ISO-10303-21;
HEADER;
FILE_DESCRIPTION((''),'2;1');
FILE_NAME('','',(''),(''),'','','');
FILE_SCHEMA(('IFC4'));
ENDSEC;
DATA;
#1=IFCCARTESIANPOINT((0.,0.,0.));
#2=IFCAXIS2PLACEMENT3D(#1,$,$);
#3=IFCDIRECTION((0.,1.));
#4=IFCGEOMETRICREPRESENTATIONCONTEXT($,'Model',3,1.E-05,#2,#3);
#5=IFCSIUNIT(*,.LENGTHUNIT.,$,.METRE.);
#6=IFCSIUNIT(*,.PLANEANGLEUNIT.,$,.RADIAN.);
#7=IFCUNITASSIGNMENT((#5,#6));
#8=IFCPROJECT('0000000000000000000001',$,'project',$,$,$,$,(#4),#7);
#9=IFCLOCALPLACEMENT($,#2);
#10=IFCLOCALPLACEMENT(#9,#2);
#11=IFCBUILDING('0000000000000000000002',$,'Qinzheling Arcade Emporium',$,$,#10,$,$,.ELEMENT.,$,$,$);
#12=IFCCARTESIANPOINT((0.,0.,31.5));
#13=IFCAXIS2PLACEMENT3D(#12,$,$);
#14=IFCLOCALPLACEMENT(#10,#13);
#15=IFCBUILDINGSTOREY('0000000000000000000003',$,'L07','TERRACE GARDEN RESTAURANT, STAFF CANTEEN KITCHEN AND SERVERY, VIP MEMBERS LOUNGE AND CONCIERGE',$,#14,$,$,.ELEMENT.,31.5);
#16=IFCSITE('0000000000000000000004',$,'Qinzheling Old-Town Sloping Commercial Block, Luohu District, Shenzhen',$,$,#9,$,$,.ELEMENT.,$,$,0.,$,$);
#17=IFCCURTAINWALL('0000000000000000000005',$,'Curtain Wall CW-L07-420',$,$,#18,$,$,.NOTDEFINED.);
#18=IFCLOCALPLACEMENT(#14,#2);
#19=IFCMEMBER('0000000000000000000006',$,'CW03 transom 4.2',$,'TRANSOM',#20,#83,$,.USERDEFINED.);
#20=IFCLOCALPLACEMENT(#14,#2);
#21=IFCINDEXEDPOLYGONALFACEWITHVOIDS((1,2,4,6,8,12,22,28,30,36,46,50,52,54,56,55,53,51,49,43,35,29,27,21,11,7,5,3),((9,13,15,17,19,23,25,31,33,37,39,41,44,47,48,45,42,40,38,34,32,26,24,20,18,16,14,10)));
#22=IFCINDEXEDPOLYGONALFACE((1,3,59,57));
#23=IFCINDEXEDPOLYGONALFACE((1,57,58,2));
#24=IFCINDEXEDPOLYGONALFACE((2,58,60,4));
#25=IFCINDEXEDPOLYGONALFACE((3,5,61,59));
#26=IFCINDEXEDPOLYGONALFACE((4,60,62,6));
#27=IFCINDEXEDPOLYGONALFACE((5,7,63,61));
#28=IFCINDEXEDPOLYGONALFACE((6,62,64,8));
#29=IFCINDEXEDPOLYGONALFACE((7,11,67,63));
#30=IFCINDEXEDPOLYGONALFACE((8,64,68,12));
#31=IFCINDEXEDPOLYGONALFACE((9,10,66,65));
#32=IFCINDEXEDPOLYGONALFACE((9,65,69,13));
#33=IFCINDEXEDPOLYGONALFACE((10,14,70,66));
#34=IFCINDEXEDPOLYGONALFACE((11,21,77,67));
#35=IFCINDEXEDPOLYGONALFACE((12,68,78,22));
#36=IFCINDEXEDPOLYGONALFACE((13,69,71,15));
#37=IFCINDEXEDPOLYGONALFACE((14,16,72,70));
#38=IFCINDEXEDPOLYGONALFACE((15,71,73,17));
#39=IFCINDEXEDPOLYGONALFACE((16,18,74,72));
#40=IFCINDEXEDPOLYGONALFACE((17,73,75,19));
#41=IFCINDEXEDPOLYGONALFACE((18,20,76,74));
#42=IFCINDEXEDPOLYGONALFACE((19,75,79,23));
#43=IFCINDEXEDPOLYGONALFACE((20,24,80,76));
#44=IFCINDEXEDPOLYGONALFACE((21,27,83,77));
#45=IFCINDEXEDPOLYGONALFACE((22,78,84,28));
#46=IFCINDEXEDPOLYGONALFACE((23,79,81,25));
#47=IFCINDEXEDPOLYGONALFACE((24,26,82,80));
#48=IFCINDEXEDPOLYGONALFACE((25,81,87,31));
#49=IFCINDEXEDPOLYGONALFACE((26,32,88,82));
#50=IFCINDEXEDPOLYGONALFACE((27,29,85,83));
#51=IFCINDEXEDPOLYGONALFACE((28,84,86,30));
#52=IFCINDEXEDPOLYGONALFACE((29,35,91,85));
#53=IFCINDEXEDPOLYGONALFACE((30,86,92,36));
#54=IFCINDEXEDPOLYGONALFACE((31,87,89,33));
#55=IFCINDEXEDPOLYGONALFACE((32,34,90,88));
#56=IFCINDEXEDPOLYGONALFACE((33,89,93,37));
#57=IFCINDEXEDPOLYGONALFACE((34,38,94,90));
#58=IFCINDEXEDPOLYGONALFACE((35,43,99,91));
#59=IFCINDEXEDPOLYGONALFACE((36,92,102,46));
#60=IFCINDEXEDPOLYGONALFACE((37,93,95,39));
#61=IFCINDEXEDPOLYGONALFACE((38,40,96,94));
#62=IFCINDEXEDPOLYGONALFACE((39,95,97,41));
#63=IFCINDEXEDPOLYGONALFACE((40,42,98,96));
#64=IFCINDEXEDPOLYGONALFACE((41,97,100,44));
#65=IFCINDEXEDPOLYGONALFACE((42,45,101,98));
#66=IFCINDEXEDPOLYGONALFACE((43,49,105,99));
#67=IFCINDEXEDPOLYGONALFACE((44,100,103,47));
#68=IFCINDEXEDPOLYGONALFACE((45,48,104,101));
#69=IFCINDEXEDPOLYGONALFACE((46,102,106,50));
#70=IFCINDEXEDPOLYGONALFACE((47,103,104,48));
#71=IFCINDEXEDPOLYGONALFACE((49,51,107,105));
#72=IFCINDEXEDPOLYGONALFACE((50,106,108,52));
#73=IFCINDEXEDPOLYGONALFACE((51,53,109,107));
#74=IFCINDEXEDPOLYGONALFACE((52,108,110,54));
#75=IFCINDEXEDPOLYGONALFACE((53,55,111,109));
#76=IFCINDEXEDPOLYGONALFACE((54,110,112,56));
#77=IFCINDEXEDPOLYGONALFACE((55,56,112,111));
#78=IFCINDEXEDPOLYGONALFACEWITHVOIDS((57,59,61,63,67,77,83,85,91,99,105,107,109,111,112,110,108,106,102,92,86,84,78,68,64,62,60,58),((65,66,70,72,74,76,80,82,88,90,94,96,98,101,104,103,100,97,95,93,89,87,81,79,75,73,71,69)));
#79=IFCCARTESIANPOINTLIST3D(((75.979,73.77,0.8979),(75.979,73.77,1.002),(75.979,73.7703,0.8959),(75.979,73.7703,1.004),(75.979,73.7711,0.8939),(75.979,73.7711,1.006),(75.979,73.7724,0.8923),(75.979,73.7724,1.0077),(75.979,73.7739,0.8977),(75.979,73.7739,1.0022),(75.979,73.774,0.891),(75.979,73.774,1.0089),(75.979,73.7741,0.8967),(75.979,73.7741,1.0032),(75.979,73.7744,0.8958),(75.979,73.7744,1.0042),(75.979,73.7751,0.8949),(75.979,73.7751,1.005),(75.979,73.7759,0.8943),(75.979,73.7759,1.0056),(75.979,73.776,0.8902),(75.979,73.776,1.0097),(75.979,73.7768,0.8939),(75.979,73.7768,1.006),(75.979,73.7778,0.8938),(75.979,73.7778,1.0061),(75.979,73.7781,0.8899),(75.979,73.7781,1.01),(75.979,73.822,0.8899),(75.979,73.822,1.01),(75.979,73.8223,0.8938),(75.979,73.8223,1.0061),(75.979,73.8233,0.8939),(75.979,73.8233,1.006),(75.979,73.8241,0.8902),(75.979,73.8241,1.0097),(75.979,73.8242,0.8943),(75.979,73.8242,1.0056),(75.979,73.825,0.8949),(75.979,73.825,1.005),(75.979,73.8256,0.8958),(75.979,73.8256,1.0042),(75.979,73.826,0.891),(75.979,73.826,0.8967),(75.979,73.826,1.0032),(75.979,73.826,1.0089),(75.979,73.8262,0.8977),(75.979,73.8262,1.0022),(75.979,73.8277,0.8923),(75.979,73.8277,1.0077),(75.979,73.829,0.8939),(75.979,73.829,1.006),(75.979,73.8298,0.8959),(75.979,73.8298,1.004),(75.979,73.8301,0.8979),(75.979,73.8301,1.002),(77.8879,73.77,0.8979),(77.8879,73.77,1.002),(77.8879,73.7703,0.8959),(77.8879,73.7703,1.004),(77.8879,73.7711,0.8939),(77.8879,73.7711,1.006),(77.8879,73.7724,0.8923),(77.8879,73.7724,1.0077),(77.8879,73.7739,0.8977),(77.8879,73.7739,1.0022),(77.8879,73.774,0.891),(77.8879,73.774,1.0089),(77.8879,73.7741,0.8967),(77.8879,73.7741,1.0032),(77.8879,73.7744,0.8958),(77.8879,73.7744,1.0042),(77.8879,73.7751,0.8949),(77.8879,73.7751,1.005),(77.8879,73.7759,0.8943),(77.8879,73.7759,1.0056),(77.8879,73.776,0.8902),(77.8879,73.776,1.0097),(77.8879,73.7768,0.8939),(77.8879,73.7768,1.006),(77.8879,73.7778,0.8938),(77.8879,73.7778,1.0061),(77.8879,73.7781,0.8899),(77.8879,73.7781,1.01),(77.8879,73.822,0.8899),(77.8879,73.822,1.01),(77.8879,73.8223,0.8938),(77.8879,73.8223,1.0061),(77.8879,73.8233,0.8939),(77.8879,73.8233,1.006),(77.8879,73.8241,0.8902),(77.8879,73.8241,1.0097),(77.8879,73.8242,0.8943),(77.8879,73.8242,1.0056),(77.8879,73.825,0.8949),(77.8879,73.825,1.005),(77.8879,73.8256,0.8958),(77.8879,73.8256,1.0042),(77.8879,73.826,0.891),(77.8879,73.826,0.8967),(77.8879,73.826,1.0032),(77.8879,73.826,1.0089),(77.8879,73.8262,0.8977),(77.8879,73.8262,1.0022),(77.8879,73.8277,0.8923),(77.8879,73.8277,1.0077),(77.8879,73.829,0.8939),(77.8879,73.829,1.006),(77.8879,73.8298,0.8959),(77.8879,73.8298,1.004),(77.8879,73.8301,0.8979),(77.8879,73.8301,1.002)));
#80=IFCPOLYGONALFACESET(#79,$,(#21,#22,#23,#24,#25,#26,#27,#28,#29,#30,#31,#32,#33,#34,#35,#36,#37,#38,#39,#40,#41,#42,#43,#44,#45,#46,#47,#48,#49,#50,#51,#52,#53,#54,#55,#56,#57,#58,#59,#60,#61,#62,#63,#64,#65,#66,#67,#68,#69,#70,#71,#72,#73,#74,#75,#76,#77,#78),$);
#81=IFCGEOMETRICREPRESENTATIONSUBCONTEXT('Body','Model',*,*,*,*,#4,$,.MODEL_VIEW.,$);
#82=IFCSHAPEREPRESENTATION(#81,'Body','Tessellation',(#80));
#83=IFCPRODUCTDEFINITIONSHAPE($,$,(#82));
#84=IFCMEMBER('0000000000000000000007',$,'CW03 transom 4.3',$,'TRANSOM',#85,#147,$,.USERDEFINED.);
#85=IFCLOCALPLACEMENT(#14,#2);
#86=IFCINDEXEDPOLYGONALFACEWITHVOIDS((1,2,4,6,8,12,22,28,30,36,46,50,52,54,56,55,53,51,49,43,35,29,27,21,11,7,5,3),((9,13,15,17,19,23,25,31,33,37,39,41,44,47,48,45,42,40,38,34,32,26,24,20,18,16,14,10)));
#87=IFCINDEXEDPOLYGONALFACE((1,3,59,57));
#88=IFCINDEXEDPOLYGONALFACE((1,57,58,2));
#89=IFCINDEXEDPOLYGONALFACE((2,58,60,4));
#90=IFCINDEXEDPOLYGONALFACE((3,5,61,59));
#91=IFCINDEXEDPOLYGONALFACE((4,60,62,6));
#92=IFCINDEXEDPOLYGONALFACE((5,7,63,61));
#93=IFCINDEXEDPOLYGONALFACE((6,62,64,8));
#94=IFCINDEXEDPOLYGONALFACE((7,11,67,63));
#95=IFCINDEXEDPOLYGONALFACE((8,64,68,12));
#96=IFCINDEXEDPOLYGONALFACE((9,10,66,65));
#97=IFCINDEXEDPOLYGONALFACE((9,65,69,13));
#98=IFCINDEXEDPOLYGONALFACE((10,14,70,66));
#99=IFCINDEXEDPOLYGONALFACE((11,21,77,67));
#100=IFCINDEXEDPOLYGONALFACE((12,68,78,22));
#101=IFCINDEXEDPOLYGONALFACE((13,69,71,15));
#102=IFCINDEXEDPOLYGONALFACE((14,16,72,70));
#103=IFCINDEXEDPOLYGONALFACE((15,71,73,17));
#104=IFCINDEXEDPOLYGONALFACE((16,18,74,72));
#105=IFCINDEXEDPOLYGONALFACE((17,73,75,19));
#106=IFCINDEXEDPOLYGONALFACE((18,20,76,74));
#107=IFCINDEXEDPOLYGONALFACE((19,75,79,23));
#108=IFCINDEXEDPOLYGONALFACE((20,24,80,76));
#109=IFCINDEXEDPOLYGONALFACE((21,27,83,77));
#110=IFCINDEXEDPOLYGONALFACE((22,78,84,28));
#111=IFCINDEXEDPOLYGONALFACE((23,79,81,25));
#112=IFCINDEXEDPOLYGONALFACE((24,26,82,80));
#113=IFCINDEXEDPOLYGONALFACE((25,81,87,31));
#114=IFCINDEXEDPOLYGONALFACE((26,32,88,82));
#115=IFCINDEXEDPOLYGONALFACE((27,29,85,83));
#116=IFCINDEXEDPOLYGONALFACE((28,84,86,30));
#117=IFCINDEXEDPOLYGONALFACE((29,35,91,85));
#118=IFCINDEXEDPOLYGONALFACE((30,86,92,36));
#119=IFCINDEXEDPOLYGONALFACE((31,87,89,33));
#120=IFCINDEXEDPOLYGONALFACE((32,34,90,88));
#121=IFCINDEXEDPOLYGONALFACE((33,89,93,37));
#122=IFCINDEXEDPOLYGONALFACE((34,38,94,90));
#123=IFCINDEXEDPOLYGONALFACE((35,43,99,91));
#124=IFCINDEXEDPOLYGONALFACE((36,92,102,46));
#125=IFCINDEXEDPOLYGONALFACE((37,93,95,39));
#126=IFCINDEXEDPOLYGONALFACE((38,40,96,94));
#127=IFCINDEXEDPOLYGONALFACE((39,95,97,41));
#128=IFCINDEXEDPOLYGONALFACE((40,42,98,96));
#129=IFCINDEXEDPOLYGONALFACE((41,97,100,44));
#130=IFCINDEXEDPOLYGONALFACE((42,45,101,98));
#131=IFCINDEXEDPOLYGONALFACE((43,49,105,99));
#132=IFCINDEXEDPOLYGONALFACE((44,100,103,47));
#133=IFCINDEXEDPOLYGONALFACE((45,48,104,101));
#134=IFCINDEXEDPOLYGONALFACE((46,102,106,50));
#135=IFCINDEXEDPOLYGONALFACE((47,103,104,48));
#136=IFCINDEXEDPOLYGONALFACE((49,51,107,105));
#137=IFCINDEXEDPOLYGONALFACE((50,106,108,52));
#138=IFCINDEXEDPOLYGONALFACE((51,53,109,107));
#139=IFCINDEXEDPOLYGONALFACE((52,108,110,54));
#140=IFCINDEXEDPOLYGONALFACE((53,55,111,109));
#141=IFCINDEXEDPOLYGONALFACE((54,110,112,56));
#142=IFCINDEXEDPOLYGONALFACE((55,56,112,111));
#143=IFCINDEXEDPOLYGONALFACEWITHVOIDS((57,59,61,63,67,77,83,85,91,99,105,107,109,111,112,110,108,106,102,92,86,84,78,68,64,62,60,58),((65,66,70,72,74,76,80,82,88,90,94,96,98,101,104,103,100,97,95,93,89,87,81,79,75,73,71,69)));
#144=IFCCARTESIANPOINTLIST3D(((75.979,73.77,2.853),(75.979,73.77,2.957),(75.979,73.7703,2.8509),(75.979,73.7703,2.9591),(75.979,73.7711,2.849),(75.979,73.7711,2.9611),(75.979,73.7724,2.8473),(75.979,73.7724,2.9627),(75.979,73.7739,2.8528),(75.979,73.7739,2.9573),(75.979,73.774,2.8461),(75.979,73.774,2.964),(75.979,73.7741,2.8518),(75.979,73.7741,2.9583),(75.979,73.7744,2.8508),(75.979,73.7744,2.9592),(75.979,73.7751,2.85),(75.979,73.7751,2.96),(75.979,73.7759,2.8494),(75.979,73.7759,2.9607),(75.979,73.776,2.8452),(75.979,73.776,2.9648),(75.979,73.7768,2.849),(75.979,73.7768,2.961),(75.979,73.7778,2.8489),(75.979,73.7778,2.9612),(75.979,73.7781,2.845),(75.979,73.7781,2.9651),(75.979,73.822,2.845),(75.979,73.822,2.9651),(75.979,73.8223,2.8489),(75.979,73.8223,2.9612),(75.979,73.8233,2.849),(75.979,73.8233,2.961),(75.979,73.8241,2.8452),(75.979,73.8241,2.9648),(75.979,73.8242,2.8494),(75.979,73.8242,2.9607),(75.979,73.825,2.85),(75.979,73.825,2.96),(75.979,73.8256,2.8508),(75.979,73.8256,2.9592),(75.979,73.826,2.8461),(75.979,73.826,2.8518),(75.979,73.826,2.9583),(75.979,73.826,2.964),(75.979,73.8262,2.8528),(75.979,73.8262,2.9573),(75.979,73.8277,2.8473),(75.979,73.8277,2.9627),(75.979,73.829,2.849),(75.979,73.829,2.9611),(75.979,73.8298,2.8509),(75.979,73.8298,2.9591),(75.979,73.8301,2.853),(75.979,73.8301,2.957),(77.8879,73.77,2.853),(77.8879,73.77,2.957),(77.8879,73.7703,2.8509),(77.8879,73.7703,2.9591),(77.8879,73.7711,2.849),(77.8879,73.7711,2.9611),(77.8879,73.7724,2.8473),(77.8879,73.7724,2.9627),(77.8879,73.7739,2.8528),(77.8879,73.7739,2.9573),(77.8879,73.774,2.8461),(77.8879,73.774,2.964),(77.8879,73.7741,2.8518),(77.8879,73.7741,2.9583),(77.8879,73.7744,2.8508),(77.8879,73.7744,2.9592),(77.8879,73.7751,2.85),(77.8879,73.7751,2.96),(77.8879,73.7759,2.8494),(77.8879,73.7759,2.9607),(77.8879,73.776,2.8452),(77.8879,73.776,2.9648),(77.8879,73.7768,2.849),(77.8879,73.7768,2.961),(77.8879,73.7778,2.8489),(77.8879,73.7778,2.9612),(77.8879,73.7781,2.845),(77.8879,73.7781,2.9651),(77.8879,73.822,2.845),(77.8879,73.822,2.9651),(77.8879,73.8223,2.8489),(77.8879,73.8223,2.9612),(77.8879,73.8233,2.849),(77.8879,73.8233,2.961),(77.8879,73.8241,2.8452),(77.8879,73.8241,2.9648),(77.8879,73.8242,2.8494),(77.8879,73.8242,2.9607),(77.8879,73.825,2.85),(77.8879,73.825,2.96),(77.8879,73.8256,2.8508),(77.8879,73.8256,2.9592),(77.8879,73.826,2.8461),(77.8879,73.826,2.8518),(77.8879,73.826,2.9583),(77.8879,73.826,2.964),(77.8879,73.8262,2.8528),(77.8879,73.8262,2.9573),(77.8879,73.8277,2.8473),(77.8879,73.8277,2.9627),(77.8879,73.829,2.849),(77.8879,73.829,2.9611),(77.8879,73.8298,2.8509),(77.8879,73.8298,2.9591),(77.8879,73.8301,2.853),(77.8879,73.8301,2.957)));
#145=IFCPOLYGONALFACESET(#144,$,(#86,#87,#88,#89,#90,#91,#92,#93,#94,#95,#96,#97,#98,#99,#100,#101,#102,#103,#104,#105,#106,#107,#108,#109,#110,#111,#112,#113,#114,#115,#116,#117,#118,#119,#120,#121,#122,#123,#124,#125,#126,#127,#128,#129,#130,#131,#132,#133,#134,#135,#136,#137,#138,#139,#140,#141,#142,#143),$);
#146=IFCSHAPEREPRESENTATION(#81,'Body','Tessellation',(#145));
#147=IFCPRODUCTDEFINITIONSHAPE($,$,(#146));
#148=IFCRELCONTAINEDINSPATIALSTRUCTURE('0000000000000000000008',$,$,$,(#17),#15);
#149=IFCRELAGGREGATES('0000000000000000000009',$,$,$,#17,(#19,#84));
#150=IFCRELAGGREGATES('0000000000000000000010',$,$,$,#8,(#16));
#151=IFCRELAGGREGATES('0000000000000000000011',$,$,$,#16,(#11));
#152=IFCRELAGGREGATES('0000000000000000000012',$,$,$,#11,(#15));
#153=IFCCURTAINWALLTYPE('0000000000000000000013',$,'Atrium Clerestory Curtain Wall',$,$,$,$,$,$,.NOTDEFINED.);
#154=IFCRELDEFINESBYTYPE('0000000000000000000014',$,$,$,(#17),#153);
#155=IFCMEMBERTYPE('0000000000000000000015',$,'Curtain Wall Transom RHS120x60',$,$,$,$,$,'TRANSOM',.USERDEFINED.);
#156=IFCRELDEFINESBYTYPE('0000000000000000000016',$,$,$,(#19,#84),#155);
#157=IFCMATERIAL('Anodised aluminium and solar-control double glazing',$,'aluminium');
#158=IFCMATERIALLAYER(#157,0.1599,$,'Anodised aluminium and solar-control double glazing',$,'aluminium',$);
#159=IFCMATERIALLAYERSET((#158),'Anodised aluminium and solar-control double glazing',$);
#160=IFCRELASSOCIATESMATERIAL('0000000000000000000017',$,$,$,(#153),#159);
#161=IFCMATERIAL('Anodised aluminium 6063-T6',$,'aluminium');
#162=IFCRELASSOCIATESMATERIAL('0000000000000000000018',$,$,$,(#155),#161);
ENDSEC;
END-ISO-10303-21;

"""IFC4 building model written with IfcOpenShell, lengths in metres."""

from ifc_helpers import new_model, si_unit, direction, frame, origin, origin_2d, place, context, subcontext, project, spatial, hollow_rectangle, extrude, material, layer, layer_set, material_profile, profile_set, type_object, element, aggregate, save


model = new_model("IFC4")

# Units and contexts
model_context = context("Model", 3, precision=1e-05, world=origin(), true_north=direction((0.0, 1.0)))
body_context = subcontext(model_context, "Body", "Model", "MODEL_VIEW")
ifc_project = project(units=[si_unit("LENGTHUNIT", "METRE"), si_unit("PLANEANGLEUNIT", "RADIAN")], contexts=[model_context])

# Site, building, storey
site_placement = place(None, origin())
site = spatial("IfcSite", under=ifc_project, at=site_placement, Name="Qinzheling Old-Town Sloping Commercial Block, Luohu District, Shenzhen", CompositionType="ELEMENT", RefElevation=0.0)
building_placement = place(site_placement, origin())
building = spatial("IfcBuilding", under=site, at=building_placement, Name="Qinzheling Arcade Emporium", CompositionType="ELEMENT")
storey_placement = place(building_placement, frame((0.0, 0.0, 31.5)))
storey = spatial("IfcBuildingStorey", under=building, at=storey_placement, Name="L07", Description="TERRACE GARDEN RESTAURANT, STAFF CANTEEN KITCHEN AND SERVERY, VIP MEMBERS LOUNGE AND CONCIERGE", CompositionType="ELEMENT", Elevation=31.5)

# Curtain wall
ifc_material_1 = material(Name="Anodised aluminium and solar-control double glazing", Category="aluminium")
ifc_layer_1 = layer(ifc_material_1, 0.1599, Name="Anodised aluminium and solar-control double glazing", Category="aluminium")
ifc_layer_set_1 = layer_set([ifc_layer_1], Name="Anodised aluminium and solar-control double glazing")
curtain_wall_type = type_object("IfcCurtainWallType", Name="Atrium Clerestory Curtain Wall", PredefinedType="NOTDEFINED", material=ifc_layer_set_1)
curtain_wall_1_placement = place(storey_placement, origin())
curtain_wall_1 = element("IfcCurtainWall", 1, at=curtain_wall_1_placement, inside=storey, type_object=curtain_wall_type, Name="Curtain Wall CW-L07-420", PredefinedType="NOTDEFINED")
ifc_material_2 = material(Name="Anodised aluminium 6063-T6", Category="aluminium")

# Members
ifc_material_profile_1 = material_profile(ifc_material_2, hollow_rectangle(XDim=0.0601, YDim=0.1201, WallThickness=0.0039, InnerFilletRadius=0.0039, OuterFilletRadius=0.0081, at=origin_2d()), Name="RHS 120x60x4", Category="aluminium")
ifc_profile_set_1 = profile_set([ifc_material_profile_1], Name="Anodised aluminium 6063-T6")
member_type_1 = type_object("IfcMemberType", Name="Curtain Wall Transom RHS120x60", ElementType="TRANSOM", PredefinedType="USERDEFINED", material=ifc_profile_set_1)
member_1_placement = place(storey_placement, frame((75.979, 73.8, 0.95), z_axis=(1.0, 0.0, 0.0), x_axis=(0.0, 1.0, 0.0)))
member_1 = element("IfcMember", 2, at=member_1_placement, type_object=member_type_1, Name="CW03 transom 4.2", ObjectType="TRANSOM", PredefinedType="USERDEFINED", context=body_context, shape_type="SweptSolid", body=[
    extrude(hollow_rectangle(XDim=0.0601, YDim=0.1201, WallThickness=0.0039, InnerFilletRadius=0.0039, OuterFilletRadius=0.0081, at=origin_2d()), origin(), (0.0, 0.0, 1.0), 1.9089),
])
member_2_placement = place(storey_placement, frame((75.979, 73.8, 2.905), z_axis=(1.0, 0.0, 0.0), x_axis=(0.0, 1.0, 0.0)))
member_2 = element("IfcMember", 3, at=member_2_placement, type_object=member_type_1, Name="CW03 transom 4.3", ObjectType="TRANSOM", PredefinedType="USERDEFINED", context=body_context, shape_type="SweptSolid", body=[
    extrude(hollow_rectangle(XDim=0.0601, YDim=0.1201, WallThickness=0.0039, InnerFilletRadius=0.0039, OuterFilletRadius=0.0081, at=origin_2d()), origin(), (0.0, 0.0, 1.0), 1.9089),
])

aggregate(curtain_wall_1, [member_1, member_2])

save(model, "model.ifc")
